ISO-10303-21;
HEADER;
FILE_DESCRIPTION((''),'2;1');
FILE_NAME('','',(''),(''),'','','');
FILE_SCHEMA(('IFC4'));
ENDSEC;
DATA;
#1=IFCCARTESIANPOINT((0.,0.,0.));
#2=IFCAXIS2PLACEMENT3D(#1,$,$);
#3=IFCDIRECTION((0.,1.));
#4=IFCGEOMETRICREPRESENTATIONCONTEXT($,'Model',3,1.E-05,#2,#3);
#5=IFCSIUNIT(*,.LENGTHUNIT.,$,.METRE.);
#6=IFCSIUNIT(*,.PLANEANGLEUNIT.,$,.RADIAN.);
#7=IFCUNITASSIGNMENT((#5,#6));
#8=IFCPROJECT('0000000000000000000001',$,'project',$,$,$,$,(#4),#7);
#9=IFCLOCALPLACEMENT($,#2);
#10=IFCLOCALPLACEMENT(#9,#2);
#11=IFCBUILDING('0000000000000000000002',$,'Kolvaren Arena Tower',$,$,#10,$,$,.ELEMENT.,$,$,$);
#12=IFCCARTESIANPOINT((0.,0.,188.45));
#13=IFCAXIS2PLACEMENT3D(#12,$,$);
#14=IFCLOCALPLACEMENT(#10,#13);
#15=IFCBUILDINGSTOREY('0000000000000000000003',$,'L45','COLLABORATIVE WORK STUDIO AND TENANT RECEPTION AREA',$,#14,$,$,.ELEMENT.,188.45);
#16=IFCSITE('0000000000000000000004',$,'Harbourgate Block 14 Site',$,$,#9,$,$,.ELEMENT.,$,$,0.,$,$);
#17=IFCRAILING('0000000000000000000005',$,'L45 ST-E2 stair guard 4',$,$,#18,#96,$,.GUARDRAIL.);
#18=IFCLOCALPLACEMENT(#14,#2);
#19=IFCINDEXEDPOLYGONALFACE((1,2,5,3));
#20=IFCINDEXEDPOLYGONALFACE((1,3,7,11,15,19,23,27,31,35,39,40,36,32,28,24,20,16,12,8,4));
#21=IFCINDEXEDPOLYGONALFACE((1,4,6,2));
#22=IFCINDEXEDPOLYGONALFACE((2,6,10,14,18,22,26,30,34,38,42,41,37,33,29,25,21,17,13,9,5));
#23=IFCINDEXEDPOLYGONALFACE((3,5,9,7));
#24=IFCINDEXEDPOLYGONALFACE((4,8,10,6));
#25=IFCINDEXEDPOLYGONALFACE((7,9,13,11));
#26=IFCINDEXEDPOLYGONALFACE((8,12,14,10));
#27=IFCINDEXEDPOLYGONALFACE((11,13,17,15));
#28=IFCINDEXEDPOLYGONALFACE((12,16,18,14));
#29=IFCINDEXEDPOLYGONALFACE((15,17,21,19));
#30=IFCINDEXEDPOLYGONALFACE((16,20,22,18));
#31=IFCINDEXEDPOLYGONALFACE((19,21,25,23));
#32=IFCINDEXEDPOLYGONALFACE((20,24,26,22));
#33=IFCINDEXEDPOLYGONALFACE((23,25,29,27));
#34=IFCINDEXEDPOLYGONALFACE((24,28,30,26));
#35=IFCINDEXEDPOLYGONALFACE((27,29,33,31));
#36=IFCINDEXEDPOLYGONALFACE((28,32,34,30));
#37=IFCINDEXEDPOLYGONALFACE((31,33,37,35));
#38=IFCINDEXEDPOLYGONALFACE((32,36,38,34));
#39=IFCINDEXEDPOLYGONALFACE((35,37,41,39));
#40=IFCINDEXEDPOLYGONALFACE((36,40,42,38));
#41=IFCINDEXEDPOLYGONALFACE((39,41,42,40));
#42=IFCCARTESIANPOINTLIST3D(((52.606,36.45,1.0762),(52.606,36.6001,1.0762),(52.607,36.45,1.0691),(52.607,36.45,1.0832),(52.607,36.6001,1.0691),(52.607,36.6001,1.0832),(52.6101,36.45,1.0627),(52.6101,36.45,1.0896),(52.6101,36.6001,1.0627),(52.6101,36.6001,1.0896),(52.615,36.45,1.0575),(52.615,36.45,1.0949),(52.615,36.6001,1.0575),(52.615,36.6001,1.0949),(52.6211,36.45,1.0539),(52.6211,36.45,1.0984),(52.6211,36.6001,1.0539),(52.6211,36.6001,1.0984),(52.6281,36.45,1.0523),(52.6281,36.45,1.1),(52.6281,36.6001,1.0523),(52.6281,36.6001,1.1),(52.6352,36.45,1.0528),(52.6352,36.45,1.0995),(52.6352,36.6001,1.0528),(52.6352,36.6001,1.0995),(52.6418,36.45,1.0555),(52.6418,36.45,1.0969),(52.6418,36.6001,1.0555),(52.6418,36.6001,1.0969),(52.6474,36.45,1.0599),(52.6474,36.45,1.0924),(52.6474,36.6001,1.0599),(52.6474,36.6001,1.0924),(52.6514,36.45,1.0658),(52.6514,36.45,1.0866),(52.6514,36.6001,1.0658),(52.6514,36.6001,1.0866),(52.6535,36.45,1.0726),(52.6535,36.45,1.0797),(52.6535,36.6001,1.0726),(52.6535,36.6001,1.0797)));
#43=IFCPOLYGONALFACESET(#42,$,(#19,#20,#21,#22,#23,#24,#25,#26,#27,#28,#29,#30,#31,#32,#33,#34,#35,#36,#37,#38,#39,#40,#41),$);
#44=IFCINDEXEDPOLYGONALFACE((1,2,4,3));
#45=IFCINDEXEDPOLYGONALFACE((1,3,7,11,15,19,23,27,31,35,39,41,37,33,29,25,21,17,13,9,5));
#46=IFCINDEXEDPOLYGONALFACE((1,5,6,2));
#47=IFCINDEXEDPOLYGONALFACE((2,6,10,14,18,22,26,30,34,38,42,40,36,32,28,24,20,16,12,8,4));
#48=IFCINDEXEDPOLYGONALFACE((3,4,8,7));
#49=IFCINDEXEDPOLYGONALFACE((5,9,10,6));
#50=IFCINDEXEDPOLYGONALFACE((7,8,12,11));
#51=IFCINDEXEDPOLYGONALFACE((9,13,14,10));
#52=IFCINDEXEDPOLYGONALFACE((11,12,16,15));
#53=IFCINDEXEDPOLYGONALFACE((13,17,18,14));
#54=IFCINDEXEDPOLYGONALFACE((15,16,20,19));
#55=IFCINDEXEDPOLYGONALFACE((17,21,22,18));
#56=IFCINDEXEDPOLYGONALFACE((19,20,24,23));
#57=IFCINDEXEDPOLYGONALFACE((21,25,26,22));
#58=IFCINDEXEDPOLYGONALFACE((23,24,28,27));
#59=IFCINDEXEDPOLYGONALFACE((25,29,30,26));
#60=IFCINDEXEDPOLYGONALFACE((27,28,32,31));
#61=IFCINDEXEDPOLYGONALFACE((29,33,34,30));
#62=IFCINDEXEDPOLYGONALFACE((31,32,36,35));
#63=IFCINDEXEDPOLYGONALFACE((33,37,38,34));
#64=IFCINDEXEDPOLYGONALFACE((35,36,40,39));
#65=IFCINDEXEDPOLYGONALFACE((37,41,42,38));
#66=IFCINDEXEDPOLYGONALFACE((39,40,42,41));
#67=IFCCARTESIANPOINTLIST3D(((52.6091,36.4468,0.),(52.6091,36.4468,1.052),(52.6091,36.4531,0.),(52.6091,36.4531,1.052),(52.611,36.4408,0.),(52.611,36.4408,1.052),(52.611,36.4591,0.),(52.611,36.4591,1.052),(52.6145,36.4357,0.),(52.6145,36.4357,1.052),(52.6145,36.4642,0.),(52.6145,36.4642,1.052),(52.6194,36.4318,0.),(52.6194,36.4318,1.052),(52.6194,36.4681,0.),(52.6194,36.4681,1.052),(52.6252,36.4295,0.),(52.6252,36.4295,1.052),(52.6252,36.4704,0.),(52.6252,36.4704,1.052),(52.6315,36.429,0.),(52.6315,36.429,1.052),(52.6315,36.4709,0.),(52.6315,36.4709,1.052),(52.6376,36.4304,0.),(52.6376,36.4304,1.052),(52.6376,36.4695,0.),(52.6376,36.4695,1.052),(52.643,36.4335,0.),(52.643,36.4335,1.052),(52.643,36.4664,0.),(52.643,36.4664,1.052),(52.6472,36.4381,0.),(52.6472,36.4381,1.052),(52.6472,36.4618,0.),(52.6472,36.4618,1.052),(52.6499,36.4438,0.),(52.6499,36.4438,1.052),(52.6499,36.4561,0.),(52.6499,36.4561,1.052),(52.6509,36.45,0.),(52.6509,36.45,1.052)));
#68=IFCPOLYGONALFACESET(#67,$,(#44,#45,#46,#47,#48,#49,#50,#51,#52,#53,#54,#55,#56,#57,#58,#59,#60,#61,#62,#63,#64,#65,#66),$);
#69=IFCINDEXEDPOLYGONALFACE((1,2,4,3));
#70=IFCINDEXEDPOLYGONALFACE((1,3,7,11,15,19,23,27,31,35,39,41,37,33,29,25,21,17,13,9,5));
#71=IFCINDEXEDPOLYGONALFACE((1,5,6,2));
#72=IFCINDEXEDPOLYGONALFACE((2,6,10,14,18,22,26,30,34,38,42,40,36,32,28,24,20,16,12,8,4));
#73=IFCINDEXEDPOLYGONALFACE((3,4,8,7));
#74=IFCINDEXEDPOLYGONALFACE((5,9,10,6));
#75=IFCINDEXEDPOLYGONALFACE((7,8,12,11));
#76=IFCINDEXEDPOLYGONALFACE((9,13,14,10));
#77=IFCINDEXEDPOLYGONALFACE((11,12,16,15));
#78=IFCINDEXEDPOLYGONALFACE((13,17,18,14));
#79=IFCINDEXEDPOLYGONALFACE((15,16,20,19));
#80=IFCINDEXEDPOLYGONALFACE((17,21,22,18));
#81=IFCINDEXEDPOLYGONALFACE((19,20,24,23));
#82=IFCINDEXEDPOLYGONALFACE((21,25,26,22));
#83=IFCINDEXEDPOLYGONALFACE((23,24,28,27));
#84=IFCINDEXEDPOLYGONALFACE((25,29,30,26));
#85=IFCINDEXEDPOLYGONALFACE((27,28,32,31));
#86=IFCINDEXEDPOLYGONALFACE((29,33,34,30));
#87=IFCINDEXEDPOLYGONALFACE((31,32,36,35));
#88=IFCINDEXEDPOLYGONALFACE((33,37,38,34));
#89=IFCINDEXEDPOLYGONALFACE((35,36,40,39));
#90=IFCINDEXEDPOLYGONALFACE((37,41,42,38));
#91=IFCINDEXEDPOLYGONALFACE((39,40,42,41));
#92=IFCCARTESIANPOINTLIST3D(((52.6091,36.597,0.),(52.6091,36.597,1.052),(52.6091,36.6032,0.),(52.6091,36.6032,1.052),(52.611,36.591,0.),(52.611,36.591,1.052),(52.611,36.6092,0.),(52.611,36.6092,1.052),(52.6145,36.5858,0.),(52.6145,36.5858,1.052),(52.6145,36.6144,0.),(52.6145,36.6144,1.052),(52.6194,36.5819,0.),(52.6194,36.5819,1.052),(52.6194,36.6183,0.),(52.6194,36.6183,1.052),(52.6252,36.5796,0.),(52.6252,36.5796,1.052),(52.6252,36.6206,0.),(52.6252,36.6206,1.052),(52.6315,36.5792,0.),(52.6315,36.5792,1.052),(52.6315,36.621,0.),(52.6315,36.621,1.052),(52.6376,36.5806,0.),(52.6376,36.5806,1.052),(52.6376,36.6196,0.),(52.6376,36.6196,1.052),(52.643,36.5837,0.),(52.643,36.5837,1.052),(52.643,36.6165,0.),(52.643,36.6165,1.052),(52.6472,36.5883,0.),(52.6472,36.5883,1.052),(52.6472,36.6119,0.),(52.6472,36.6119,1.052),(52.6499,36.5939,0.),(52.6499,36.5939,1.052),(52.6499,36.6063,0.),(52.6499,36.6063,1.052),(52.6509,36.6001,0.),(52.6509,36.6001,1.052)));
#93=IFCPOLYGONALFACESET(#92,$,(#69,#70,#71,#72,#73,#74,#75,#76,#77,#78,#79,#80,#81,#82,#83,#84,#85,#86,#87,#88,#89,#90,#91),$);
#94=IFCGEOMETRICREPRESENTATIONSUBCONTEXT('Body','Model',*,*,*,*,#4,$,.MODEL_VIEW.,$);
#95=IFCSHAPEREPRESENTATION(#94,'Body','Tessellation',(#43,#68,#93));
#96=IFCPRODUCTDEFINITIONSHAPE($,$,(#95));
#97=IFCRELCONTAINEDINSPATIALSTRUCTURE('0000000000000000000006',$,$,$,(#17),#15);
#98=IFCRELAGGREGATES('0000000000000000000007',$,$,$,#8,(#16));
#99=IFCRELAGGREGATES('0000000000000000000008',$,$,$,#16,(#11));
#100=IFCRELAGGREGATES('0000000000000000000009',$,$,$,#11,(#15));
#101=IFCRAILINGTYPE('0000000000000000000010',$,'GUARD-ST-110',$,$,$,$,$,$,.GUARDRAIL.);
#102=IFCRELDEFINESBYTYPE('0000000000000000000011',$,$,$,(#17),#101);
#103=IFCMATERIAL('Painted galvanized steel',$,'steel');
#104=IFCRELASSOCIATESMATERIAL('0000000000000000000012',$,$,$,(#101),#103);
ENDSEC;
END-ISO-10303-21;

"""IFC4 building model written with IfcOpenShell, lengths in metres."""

from ifc_helpers import new_model, si_unit, direction, frame, origin, origin_2d, place, context, subcontext, project, spatial, circle, extrude, material, type_object, element, save


model = new_model("IFC4")

# Units and contexts
model_context = context("Model", 3, precision=1e-05, world=origin(), true_north=direction((0.0, 1.0)))
body_context = subcontext(model_context, "Body", "Model", "MODEL_VIEW")
ifc_project = project(units=[si_unit("LENGTHUNIT", "METRE"), si_unit("PLANEANGLEUNIT", "RADIAN")], contexts=[model_context])

# Site, building, storey
site_placement = place(None, origin())
site = spatial("IfcSite", under=ifc_project, at=site_placement, Name="Harbourgate Block 14 Site", CompositionType="ELEMENT", RefElevation=0.0)
building_placement = place(site_placement, origin())
building = spatial("IfcBuilding", under=site, at=building_placement, Name="Kolvaren Arena Tower", CompositionType="ELEMENT")
storey_placement = place(building_placement, frame((0.0, 0.0, 188.45)))
storey = spatial("IfcBuildingStorey", under=building, at=storey_placement, Name="L45", Description="COLLABORATIVE WORK STUDIO AND TENANT RECEPTION AREA", CompositionType="ELEMENT", Elevation=188.45)

# Railing
ifc_material_1 = material(Name="Painted galvanized steel", Category="steel")
railing_type_1 = type_object("IfcRailingType", Name="GUARD-ST-110", PredefinedType="GUARDRAIL", material=ifc_material_1)
railing_1_placement = place(storey_placement, frame((52.6299, 36.45, 0.0)))
element("IfcRailing", 1, at=railing_1_placement, inside=storey, type_object=railing_type_1, Name="L45 ST-E2 stair guard 4", PredefinedType="GUARDRAIL", context=body_context, shape_type="SweptSolid", body=[
    extrude(circle(Radius=0.0239, at=origin_2d()), frame((0.0, 0.0, 1.0762), z_axis=(0.0, 1.0, 0.0), x_axis=(-1.0, 0.0, 0.0)), (0.0, 0.0, 1.0), 0.1501),
    extrude(circle(Radius=0.021, at=origin_2d()), origin(), (0.0, 0.0, 1.0), 1.052),
    extrude(circle(Radius=0.021, at=origin_2d()), frame((0.0, 0.1501, 0.0)), (0.0, 0.0, 1.0), 1.052),
])

save(model, "model.ifc")
